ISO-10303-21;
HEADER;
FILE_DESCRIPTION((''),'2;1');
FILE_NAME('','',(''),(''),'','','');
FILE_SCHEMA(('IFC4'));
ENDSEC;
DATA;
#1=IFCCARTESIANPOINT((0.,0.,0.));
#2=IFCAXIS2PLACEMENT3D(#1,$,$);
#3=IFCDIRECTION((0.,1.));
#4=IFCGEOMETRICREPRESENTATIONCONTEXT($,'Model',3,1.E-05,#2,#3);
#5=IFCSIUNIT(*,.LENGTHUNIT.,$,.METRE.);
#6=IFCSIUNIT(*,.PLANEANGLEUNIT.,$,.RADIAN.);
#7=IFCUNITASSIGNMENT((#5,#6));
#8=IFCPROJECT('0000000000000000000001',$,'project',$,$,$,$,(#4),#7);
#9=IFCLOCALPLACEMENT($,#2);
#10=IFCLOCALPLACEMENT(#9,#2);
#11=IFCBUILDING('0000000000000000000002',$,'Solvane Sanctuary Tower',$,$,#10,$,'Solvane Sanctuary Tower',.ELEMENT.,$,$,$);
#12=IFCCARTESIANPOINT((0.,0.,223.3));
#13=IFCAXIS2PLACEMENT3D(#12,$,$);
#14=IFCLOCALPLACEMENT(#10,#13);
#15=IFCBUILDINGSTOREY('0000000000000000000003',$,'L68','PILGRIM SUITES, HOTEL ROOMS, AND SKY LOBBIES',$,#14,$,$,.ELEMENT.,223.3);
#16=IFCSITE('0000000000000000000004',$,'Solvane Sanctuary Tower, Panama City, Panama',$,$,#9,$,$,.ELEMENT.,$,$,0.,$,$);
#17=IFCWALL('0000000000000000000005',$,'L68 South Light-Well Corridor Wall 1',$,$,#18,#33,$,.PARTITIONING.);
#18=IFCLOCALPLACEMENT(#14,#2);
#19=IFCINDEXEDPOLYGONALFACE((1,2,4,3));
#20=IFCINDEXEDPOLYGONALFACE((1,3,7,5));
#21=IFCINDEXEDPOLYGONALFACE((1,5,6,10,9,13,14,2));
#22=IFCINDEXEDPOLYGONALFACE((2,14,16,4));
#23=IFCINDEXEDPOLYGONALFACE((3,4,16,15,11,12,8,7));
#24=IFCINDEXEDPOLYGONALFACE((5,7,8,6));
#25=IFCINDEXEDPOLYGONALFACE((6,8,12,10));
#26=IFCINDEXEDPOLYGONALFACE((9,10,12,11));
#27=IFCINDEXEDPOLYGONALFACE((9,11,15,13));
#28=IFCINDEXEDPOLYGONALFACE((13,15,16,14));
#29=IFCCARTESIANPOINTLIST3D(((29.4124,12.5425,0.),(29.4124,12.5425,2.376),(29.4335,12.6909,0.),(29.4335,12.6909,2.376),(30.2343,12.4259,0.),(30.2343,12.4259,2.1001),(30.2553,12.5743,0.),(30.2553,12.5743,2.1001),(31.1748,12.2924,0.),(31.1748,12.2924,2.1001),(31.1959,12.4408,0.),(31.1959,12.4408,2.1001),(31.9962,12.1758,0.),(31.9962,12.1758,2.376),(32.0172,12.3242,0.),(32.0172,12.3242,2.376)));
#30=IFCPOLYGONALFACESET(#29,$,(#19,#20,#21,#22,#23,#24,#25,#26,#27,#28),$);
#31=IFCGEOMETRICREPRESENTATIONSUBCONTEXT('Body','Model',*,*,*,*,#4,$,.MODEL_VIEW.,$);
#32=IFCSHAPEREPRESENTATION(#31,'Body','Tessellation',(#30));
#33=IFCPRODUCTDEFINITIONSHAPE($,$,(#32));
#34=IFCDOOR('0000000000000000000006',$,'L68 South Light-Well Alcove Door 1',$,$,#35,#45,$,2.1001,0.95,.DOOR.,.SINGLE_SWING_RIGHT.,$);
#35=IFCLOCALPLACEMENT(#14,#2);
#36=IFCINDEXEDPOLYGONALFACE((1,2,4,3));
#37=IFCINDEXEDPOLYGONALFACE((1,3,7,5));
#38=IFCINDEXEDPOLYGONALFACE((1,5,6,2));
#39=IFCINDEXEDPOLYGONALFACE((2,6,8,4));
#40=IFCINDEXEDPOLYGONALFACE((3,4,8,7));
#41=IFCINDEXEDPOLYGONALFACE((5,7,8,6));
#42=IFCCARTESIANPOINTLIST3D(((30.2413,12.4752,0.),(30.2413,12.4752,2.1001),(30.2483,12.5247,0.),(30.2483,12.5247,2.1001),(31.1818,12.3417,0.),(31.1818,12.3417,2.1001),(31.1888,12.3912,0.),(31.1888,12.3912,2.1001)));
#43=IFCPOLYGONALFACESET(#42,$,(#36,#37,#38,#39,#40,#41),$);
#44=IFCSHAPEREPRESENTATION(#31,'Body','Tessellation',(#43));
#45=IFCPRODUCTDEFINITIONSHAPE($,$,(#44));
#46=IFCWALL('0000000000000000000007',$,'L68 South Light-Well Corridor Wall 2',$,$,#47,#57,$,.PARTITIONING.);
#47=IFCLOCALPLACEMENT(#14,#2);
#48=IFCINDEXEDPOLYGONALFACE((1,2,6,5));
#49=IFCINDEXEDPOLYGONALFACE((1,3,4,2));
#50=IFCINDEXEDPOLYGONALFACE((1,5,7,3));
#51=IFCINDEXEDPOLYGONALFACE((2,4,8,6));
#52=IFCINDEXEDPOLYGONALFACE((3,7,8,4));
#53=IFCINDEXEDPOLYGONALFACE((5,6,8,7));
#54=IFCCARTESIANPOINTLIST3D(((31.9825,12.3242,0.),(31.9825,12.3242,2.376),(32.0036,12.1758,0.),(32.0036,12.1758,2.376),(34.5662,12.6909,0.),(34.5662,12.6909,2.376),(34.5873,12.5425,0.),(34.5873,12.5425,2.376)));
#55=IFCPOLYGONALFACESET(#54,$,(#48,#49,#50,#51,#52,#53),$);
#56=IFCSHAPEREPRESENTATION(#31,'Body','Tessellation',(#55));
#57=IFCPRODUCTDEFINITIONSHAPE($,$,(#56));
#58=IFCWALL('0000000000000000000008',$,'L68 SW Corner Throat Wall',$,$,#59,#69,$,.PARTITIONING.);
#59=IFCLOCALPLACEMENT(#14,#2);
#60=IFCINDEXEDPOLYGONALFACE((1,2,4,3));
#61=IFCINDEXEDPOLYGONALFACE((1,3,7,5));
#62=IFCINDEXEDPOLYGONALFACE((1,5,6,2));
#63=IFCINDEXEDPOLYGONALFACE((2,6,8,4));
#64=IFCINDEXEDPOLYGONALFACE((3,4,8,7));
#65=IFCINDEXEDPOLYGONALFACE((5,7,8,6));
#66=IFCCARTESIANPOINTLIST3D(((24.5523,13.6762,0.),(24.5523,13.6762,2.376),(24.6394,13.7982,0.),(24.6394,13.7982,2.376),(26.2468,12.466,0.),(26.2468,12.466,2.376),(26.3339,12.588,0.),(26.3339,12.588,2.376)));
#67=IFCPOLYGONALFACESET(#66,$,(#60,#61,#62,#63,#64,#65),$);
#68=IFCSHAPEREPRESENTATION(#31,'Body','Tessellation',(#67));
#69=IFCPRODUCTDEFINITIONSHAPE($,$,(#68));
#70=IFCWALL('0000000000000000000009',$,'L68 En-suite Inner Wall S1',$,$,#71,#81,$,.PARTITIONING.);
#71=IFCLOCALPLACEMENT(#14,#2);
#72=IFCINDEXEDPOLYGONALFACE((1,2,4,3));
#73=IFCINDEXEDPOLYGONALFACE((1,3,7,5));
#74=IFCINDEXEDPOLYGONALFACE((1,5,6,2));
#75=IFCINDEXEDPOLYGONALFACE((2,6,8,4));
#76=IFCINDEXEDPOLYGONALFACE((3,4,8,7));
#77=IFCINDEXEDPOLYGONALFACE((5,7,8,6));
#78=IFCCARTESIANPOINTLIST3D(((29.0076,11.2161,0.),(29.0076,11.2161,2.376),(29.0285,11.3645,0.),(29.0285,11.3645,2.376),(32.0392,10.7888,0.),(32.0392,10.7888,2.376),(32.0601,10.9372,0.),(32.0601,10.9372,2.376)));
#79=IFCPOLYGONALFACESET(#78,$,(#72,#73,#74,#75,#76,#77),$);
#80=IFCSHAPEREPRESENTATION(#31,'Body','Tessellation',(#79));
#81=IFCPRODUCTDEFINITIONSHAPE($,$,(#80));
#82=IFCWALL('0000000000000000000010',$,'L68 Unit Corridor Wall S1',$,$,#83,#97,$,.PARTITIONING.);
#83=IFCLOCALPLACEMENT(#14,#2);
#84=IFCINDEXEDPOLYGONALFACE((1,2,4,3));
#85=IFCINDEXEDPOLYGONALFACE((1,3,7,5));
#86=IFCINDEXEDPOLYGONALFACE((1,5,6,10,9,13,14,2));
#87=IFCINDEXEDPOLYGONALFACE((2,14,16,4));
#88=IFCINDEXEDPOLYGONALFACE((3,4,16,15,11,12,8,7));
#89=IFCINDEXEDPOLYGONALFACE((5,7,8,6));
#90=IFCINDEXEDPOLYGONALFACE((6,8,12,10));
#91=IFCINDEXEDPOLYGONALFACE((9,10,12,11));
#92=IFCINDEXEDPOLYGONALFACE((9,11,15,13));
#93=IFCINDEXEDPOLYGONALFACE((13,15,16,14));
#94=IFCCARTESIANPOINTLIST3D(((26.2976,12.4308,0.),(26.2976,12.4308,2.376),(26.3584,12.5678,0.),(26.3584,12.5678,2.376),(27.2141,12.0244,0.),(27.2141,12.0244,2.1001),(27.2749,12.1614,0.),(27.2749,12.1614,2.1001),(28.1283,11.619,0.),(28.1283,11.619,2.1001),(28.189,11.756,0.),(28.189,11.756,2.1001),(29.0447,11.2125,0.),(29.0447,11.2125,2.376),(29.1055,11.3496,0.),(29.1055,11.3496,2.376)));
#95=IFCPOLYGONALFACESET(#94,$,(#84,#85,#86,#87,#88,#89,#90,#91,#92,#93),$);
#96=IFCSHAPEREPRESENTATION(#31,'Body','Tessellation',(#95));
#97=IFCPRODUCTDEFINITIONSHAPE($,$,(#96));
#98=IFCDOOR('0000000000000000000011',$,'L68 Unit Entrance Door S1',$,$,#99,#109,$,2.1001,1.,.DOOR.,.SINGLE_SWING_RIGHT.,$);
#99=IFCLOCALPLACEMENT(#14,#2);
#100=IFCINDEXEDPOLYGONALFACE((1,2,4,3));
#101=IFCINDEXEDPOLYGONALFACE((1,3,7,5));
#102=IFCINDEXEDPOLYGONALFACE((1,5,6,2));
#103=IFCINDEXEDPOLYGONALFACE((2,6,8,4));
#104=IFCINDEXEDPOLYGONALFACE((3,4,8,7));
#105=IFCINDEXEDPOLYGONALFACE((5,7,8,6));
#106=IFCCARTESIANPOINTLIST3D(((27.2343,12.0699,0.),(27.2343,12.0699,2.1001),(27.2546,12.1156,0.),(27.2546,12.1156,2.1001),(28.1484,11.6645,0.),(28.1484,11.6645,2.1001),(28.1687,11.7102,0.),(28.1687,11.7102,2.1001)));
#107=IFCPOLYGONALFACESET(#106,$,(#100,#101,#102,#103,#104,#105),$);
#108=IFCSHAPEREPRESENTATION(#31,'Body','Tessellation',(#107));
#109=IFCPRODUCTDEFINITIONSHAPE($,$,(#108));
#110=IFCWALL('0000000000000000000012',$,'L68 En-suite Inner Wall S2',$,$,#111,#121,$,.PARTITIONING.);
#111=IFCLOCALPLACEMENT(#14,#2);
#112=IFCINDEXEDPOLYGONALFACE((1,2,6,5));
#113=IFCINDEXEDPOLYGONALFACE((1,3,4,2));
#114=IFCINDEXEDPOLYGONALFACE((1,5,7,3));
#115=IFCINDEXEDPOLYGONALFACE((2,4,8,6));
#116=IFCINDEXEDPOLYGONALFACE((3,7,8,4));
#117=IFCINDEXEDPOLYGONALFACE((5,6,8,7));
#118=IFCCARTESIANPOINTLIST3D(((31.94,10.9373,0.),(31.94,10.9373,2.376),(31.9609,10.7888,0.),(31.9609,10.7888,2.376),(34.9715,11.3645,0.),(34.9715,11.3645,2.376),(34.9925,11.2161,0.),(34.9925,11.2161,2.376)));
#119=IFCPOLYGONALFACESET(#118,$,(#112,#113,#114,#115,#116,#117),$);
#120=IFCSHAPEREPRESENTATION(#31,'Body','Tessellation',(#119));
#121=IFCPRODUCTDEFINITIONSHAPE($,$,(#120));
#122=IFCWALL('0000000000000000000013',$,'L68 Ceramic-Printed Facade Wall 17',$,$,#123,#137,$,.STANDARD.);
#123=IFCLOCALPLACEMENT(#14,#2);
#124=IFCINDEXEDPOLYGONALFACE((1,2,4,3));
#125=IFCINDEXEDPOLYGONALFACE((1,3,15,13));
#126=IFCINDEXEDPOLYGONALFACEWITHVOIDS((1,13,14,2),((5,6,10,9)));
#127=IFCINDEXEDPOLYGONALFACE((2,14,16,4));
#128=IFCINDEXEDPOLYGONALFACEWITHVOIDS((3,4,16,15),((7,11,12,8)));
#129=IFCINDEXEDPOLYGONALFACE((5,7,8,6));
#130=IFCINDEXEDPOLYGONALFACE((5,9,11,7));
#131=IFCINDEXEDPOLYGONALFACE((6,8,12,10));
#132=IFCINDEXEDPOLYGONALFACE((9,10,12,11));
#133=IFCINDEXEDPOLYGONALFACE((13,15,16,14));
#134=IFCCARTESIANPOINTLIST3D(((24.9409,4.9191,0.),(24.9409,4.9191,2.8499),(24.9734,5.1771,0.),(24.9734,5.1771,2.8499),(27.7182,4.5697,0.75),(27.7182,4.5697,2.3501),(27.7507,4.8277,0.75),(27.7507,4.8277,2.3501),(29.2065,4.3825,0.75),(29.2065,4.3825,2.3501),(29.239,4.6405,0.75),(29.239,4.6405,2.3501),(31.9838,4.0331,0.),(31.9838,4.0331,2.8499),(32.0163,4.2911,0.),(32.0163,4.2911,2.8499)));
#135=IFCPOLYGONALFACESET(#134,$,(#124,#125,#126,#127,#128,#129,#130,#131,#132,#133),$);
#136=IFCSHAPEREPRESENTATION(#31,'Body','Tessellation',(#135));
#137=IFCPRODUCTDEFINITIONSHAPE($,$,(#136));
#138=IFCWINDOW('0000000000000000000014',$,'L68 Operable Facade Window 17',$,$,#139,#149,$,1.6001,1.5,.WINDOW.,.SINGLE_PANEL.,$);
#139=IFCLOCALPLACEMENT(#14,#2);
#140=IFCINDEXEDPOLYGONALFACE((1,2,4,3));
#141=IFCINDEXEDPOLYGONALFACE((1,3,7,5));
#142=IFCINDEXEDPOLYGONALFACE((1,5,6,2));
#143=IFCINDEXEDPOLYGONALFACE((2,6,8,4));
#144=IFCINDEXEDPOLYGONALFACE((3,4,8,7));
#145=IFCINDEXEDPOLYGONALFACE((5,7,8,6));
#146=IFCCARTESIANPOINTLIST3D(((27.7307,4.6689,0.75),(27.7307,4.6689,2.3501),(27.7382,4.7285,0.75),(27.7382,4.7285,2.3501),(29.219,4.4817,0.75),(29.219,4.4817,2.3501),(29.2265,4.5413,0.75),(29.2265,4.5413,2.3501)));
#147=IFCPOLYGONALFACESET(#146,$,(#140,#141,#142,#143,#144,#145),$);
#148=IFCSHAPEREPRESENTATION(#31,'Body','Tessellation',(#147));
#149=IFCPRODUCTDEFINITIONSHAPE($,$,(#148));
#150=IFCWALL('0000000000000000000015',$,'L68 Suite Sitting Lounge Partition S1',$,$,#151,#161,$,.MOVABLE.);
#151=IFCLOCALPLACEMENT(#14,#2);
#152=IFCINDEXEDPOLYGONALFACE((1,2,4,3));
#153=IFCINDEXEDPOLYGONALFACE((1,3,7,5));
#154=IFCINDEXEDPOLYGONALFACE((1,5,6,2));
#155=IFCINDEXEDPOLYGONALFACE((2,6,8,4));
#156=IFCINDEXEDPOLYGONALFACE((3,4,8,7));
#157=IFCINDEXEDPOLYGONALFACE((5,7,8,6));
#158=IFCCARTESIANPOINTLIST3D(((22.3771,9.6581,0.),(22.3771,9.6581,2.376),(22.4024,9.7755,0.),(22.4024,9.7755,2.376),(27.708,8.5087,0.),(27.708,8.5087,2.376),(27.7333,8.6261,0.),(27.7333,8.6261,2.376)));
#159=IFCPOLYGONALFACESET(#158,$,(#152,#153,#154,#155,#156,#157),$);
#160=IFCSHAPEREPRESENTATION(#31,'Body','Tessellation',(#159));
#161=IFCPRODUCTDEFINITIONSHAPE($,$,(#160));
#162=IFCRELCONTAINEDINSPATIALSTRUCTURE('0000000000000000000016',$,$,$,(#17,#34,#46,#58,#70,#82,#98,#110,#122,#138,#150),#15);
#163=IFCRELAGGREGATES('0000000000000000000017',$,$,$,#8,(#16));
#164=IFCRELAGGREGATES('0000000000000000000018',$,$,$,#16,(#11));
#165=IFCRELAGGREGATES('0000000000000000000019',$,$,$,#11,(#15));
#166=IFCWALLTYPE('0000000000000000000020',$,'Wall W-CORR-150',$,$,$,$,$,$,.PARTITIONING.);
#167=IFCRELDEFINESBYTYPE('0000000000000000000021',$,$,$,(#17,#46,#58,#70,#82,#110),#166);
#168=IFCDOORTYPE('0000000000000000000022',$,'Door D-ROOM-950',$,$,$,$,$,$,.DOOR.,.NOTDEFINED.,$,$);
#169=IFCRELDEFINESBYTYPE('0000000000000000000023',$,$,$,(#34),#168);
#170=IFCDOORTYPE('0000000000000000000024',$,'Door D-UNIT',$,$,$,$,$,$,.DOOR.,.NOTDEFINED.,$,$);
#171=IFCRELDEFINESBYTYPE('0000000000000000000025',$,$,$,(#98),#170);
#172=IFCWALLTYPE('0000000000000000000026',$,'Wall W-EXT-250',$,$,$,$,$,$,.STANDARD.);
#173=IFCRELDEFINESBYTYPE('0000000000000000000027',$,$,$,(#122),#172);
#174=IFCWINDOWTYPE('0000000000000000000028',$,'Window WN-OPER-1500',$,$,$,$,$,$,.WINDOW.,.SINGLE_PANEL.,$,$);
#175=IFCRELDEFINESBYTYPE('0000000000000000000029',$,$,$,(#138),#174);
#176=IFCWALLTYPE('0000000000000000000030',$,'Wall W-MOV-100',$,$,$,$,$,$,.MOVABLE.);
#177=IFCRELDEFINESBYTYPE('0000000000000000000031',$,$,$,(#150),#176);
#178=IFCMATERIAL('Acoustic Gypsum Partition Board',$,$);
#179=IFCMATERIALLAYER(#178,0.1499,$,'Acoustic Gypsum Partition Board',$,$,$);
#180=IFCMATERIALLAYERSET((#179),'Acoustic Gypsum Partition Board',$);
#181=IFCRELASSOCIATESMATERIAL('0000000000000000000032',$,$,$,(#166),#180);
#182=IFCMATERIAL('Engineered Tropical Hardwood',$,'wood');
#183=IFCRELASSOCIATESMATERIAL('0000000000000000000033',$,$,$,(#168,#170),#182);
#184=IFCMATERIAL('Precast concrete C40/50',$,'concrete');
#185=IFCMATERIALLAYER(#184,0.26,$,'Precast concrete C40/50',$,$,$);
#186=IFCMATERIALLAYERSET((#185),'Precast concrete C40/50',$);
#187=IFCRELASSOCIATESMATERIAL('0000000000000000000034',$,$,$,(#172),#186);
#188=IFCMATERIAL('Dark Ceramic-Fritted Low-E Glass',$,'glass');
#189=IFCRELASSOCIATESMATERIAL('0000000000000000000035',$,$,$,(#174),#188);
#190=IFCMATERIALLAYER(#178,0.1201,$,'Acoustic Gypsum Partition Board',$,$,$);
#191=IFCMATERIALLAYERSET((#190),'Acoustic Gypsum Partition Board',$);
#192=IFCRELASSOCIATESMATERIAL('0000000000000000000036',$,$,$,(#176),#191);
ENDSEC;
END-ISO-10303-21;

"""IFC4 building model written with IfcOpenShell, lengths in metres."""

from ifc_helpers import new_model, si_unit, direction, frame, frame_2d, origin, place, context, subcontext, project, spatial, rectangle, extrude, material, layer, layer_set, type_object, element, fill, save


model = new_model("IFC4")

# Units and contexts
model_context = context("Model", 3, precision=1e-05, world=origin(), true_north=direction((0.0, 1.0)))
body_context = subcontext(model_context, "Body", "Model", "MODEL_VIEW")
ifc_project = project(units=[si_unit("LENGTHUNIT", "METRE"), si_unit("PLANEANGLEUNIT", "RADIAN")], contexts=[model_context])

# Site, building, storey
site_placement = place(None, origin())
site = spatial("IfcSite", under=ifc_project, at=site_placement, Name="Solvane Sanctuary Tower, Panama City, Panama", CompositionType="ELEMENT", RefElevation=0.0)
building_placement = place(site_placement, origin())
building = spatial("IfcBuilding", under=site, at=building_placement, Name="Solvane Sanctuary Tower", LongName="Solvane Sanctuary Tower", CompositionType="ELEMENT")
storey_placement = place(building_placement, frame((0.0, 0.0, 223.3)))
storey = spatial("IfcBuildingStorey", under=building, at=storey_placement, Name="L68", Description="PILGRIM SUITES, HOTEL ROOMS, AND SKY LOBBIES", CompositionType="ELEMENT", Elevation=223.3)

# Shared definitions
ifc_material_1 = material(Name="Acoustic Gypsum Partition Board")
ifc_layer_1 = layer(ifc_material_1, 0.1499, Name="Acoustic Gypsum Partition Board")
ifc_layer_set_1 = layer_set([ifc_layer_1], Name="Acoustic Gypsum Partition Board")
wall_type_1 = type_object("IfcWallType", Name="Wall W-CORR-150", PredefinedType="PARTITIONING", material=ifc_layer_set_1)

# Wall, opening, door
wall_1_placement = place(storey_placement, frame((29.4231, 12.6167, 0.0), z_axis=(0.0, 0.0, 1.0), x_axis=(0.990078, -0.140518, 0.0)))
wall_1 = element("IfcWall", 1, at=wall_1_placement, inside=storey, type_object=wall_type_1, Name="L68 South Light-Well Corridor Wall 1", PredefinedType="PARTITIONING", context=body_context, shape_type="SweptSolid", body=[
    extrude(rectangle(XDim=2.6096, YDim=0.1499, at=frame_2d((1.3047, 0.0))), origin(), (0.0, 0.0, 1.0), 2.376),
])
opening_1_placement = place(wall_1_placement, frame((0.8298, 0.0, 0.0)))
opening_1 = element("IfcOpeningElement", 2, at=opening_1_placement, cuts=wall_1, PredefinedType="OPENING", context=body_context, shape_type="SweptSolid", body=[
    extrude(rectangle(XDim=0.95, YDim=2.1001, at=frame_2d((0.4751, 1.05))), frame((0.0, 0.085, 0.0), z_axis=(0.0, -1.0, 0.0), x_axis=(1.0, 0.0, 0.0)), (0.0, 0.0, 1.0), 0.1699),
])
ifc_material_2 = material(Name="Engineered Tropical Hardwood", Category="wood")
door_type_1 = type_object("IfcDoorType", Name="Door D-ROOM-950", OperationType="NOTDEFINED", PredefinedType="DOOR", material=ifc_material_2)
door_1_placement = place(opening_1_placement, origin())
door_1 = element("IfcDoor", 3, at=door_1_placement, inside=storey, type_object=door_type_1, Name="L68 South Light-Well Alcove Door 1", OperationType="SINGLE_SWING_RIGHT", OverallHeight=2.1001, OverallWidth=0.95, PredefinedType="DOOR", context=body_context, shape_type="SweptSolid", body=[
    extrude(rectangle(XDim=0.95, YDim=2.1001, at=frame_2d((0.4751, 1.05))), frame((0.0, 0.0249, 0.0), z_axis=(0.0, -1.0, 0.0), x_axis=(1.0, 0.0, 0.0)), (0.0, 0.0, 1.0), 0.05),
])
fill(opening_1, door_1)

# Walls
wall_2_placement = place(storey_placement, frame((31.9932, 12.25, 0.0), z_axis=(0.0, 0.0, 1.0), x_axis=(0.990078, 0.140518, 0.0)))
element("IfcWall", 4, at=wall_2_placement, inside=storey, type_object=wall_type_1, Name="L68 South Light-Well Corridor Wall 2", PredefinedType="PARTITIONING", context=body_context, shape_type="SweptSolid", body=[
    extrude(rectangle(XDim=2.6096, YDim=0.1499, at=frame_2d((1.3047, 0.0))), origin(), (0.0, 0.0, 1.0), 2.376),
])
wall_3_placement = place(storey_placement, frame((26.2903, 12.5271, 0.0), z_axis=(0.0, 0.0, 1.0), x_axis=(-0.813781, 0.581172, 0.0)))
element("IfcWall", 5, at=wall_3_placement, inside=storey, type_object=wall_type_1, Name="L68 SW Corner Throat Wall", PredefinedType="PARTITIONING", context=body_context, shape_type="SweptSolid", body=[
    extrude(rectangle(XDim=2.0823, YDim=0.1499, at=frame_2d((1.041, 0.0))), origin(), (0.0, 0.0, 1.0), 2.376),
])
wall_4_placement = place(storey_placement, frame((29.0181, 11.2903, 0.0), z_axis=(0.0, 0.0, 1.0), x_axis=(0.990214, -0.139557, 0.0)))
element("IfcWall", 6, at=wall_4_placement, inside=storey, type_object=wall_type_1, Name="L68 En-suite Inner Wall S1", PredefinedType="PARTITIONING", context=body_context, shape_type="SweptSolid", body=[
    extrude(rectangle(XDim=3.0615, YDim=0.1499, at=frame_2d((1.5308, 0.0))), origin(), (0.0, 0.0, 1.0), 2.376),
])

# Wall, opening, door
wall_5_placement = place(storey_placement, frame((26.3281, 12.4993, 0.0), z_axis=(0.0, 0.0, 1.0), x_axis=(0.91414, -0.4054, 0.0)))
wall_5 = element("IfcWall", 7, at=wall_5_placement, inside=storey, type_object=wall_type_1, Name="L68 Unit Corridor Wall S1", PredefinedType="PARTITIONING", context=body_context, shape_type="SweptSolid", body=[
    extrude(rectangle(XDim=3.0051, YDim=0.1499, at=frame_2d((1.5024, 0.0))), origin(), (0.0, 0.0, 1.0), 2.376),
])
opening_2_placement = place(wall_5_placement, frame((1.0024, 0.0, 0.0)))
opening_2 = element("IfcOpeningElement", 8, at=opening_2_placement, cuts=wall_5, PredefinedType="OPENING", context=body_context, shape_type="SweptSolid", body=[
    extrude(rectangle(XDim=1.0, YDim=2.1001, at=frame_2d((0.5, 1.05))), frame((0.0, 0.085, 0.0), z_axis=(0.0, -1.0, 0.0), x_axis=(1.0, 0.0, 0.0)), (0.0, 0.0, 1.0), 0.1699),
])
door_type_2 = type_object("IfcDoorType", Name="Door D-UNIT", OperationType="NOTDEFINED", PredefinedType="DOOR", material=ifc_material_2)
door_2_placement = place(opening_2_placement, origin())
door_2 = element("IfcDoor", 9, at=door_2_placement, inside=storey, type_object=door_type_2, Name="L68 Unit Entrance Door S1", OperationType="SINGLE_SWING_RIGHT", OverallHeight=2.1001, OverallWidth=1.0, PredefinedType="DOOR", context=body_context, shape_type="SweptSolid", body=[
    extrude(rectangle(XDim=1.0, YDim=2.1001, at=frame_2d((0.5, 1.05))), frame((0.0, 0.0249, 0.0), z_axis=(0.0, -1.0, 0.0), x_axis=(1.0, 0.0, 0.0)), (0.0, 0.0, 1.0), 0.05),
])
fill(opening_2, door_2)

# Wall
wall_6_placement = place(storey_placement, frame((31.9504, 10.863, 0.0), z_axis=(0.0, 0.0, 1.0), x_axis=(0.990214, 0.139557, 0.0)))
element("IfcWall", 10, at=wall_6_placement, inside=storey, type_object=wall_type_1, Name="L68 En-suite Inner Wall S2", PredefinedType="PARTITIONING", context=body_context, shape_type="SweptSolid", body=[
    extrude(rectangle(XDim=3.0615, YDim=0.1499, at=frame_2d((1.5308, 0.0))), origin(), (0.0, 0.0, 1.0), 2.376),
])

# Wall, opening, window
ifc_material_3 = material(Name="Precast concrete C40/50", Category="concrete")
ifc_layer_2 = layer(ifc_material_3, 0.26, Name="Precast concrete C40/50")
ifc_layer_set_2 = layer_set([ifc_layer_2], Name="Precast concrete C40/50")
wall_type_2 = type_object("IfcWallType", Name="Wall W-EXT-250", PredefinedType="STANDARD", material=ifc_layer_set_2)
wall_7_placement = place(storey_placement, frame((24.957, 5.0481, 0.0), z_axis=(0.0, 0.0, 1.0), x_axis=(0.99218, -0.124814, 0.0)))
wall_7 = element("IfcWall", 11, at=wall_7_placement, inside=storey, type_object=wall_type_2, Name="L68 Ceramic-Printed Facade Wall 17", PredefinedType="STANDARD", context=body_context, shape_type="SweptSolid", body=[
    extrude(rectangle(XDim=7.0984, YDim=0.26, at=frame_2d((3.5493, 0.0))), origin(), (0.0, 0.0, 1.0), 2.8499),
])
opening_3_placement = place(wall_7_placement, frame((2.7993, 0.0, 0.75)))
opening_3 = element("IfcOpeningElement", 12, at=opening_3_placement, cuts=wall_7, PredefinedType="OPENING", context=body_context, shape_type="SweptSolid", body=[
    extrude(rectangle(XDim=1.5, YDim=1.6001, at=frame_2d((0.75, 0.8))), frame((0.0, 0.1399, 0.0), z_axis=(0.0, -1.0, 0.0), x_axis=(1.0, 0.0, 0.0)), (0.0, 0.0, 1.0), 0.28),
])
ifc_material_4 = material(Name="Dark Ceramic-Fritted Low-E Glass", Category="glass")
window_type = type_object("IfcWindowType", Name="Window WN-OPER-1500", PartitioningType="SINGLE_PANEL", PredefinedType="WINDOW", material=ifc_material_4)
window_placement = place(opening_3_placement, origin())
window = element("IfcWindow", 13, at=window_placement, inside=storey, type_object=window_type, Name="L68 Operable Facade Window 17", OverallHeight=1.6001, OverallWidth=1.5, PartitioningType="SINGLE_PANEL", PredefinedType="WINDOW", context=body_context, shape_type="SweptSolid", body=[
    extrude(rectangle(XDim=1.5, YDim=1.6001, at=frame_2d((0.75, 0.8))), frame((0.0, 0.03, 0.0), z_axis=(0.0, -1.0, 0.0), x_axis=(1.0, 0.0, 0.0)), (0.0, 0.0, 1.0), 0.0601),
])
fill(opening_3, window)

# Wall
ifc_layer_3 = layer(ifc_material_1, 0.1201, Name="Acoustic Gypsum Partition Board")
ifc_layer_set_3 = layer_set([ifc_layer_3], Name="Acoustic Gypsum Partition Board")
wall_type_3 = type_object("IfcWallType", Name="Wall W-MOV-100", PredefinedType="MOVABLE", material=ifc_layer_set_3)
wall_8_placement = place(storey_placement, frame((22.3899, 9.7168, 0.0), z_axis=(0.0, 0.0, 1.0), x_axis=(0.977535, -0.210773, 0.0)))
element("IfcWall", 14, at=wall_8_placement, inside=storey, type_object=wall_type_3, Name="L68 Suite Sitting Lounge Partition S1", PredefinedType="MOVABLE", context=body_context, shape_type="SweptSolid", body=[
    extrude(rectangle(XDim=5.4534, YDim=0.1201, at=frame_2d((2.7266, 0.0))), origin(), (0.0, 0.0, 1.0), 2.376),
])

save(model, "model.ifc")
